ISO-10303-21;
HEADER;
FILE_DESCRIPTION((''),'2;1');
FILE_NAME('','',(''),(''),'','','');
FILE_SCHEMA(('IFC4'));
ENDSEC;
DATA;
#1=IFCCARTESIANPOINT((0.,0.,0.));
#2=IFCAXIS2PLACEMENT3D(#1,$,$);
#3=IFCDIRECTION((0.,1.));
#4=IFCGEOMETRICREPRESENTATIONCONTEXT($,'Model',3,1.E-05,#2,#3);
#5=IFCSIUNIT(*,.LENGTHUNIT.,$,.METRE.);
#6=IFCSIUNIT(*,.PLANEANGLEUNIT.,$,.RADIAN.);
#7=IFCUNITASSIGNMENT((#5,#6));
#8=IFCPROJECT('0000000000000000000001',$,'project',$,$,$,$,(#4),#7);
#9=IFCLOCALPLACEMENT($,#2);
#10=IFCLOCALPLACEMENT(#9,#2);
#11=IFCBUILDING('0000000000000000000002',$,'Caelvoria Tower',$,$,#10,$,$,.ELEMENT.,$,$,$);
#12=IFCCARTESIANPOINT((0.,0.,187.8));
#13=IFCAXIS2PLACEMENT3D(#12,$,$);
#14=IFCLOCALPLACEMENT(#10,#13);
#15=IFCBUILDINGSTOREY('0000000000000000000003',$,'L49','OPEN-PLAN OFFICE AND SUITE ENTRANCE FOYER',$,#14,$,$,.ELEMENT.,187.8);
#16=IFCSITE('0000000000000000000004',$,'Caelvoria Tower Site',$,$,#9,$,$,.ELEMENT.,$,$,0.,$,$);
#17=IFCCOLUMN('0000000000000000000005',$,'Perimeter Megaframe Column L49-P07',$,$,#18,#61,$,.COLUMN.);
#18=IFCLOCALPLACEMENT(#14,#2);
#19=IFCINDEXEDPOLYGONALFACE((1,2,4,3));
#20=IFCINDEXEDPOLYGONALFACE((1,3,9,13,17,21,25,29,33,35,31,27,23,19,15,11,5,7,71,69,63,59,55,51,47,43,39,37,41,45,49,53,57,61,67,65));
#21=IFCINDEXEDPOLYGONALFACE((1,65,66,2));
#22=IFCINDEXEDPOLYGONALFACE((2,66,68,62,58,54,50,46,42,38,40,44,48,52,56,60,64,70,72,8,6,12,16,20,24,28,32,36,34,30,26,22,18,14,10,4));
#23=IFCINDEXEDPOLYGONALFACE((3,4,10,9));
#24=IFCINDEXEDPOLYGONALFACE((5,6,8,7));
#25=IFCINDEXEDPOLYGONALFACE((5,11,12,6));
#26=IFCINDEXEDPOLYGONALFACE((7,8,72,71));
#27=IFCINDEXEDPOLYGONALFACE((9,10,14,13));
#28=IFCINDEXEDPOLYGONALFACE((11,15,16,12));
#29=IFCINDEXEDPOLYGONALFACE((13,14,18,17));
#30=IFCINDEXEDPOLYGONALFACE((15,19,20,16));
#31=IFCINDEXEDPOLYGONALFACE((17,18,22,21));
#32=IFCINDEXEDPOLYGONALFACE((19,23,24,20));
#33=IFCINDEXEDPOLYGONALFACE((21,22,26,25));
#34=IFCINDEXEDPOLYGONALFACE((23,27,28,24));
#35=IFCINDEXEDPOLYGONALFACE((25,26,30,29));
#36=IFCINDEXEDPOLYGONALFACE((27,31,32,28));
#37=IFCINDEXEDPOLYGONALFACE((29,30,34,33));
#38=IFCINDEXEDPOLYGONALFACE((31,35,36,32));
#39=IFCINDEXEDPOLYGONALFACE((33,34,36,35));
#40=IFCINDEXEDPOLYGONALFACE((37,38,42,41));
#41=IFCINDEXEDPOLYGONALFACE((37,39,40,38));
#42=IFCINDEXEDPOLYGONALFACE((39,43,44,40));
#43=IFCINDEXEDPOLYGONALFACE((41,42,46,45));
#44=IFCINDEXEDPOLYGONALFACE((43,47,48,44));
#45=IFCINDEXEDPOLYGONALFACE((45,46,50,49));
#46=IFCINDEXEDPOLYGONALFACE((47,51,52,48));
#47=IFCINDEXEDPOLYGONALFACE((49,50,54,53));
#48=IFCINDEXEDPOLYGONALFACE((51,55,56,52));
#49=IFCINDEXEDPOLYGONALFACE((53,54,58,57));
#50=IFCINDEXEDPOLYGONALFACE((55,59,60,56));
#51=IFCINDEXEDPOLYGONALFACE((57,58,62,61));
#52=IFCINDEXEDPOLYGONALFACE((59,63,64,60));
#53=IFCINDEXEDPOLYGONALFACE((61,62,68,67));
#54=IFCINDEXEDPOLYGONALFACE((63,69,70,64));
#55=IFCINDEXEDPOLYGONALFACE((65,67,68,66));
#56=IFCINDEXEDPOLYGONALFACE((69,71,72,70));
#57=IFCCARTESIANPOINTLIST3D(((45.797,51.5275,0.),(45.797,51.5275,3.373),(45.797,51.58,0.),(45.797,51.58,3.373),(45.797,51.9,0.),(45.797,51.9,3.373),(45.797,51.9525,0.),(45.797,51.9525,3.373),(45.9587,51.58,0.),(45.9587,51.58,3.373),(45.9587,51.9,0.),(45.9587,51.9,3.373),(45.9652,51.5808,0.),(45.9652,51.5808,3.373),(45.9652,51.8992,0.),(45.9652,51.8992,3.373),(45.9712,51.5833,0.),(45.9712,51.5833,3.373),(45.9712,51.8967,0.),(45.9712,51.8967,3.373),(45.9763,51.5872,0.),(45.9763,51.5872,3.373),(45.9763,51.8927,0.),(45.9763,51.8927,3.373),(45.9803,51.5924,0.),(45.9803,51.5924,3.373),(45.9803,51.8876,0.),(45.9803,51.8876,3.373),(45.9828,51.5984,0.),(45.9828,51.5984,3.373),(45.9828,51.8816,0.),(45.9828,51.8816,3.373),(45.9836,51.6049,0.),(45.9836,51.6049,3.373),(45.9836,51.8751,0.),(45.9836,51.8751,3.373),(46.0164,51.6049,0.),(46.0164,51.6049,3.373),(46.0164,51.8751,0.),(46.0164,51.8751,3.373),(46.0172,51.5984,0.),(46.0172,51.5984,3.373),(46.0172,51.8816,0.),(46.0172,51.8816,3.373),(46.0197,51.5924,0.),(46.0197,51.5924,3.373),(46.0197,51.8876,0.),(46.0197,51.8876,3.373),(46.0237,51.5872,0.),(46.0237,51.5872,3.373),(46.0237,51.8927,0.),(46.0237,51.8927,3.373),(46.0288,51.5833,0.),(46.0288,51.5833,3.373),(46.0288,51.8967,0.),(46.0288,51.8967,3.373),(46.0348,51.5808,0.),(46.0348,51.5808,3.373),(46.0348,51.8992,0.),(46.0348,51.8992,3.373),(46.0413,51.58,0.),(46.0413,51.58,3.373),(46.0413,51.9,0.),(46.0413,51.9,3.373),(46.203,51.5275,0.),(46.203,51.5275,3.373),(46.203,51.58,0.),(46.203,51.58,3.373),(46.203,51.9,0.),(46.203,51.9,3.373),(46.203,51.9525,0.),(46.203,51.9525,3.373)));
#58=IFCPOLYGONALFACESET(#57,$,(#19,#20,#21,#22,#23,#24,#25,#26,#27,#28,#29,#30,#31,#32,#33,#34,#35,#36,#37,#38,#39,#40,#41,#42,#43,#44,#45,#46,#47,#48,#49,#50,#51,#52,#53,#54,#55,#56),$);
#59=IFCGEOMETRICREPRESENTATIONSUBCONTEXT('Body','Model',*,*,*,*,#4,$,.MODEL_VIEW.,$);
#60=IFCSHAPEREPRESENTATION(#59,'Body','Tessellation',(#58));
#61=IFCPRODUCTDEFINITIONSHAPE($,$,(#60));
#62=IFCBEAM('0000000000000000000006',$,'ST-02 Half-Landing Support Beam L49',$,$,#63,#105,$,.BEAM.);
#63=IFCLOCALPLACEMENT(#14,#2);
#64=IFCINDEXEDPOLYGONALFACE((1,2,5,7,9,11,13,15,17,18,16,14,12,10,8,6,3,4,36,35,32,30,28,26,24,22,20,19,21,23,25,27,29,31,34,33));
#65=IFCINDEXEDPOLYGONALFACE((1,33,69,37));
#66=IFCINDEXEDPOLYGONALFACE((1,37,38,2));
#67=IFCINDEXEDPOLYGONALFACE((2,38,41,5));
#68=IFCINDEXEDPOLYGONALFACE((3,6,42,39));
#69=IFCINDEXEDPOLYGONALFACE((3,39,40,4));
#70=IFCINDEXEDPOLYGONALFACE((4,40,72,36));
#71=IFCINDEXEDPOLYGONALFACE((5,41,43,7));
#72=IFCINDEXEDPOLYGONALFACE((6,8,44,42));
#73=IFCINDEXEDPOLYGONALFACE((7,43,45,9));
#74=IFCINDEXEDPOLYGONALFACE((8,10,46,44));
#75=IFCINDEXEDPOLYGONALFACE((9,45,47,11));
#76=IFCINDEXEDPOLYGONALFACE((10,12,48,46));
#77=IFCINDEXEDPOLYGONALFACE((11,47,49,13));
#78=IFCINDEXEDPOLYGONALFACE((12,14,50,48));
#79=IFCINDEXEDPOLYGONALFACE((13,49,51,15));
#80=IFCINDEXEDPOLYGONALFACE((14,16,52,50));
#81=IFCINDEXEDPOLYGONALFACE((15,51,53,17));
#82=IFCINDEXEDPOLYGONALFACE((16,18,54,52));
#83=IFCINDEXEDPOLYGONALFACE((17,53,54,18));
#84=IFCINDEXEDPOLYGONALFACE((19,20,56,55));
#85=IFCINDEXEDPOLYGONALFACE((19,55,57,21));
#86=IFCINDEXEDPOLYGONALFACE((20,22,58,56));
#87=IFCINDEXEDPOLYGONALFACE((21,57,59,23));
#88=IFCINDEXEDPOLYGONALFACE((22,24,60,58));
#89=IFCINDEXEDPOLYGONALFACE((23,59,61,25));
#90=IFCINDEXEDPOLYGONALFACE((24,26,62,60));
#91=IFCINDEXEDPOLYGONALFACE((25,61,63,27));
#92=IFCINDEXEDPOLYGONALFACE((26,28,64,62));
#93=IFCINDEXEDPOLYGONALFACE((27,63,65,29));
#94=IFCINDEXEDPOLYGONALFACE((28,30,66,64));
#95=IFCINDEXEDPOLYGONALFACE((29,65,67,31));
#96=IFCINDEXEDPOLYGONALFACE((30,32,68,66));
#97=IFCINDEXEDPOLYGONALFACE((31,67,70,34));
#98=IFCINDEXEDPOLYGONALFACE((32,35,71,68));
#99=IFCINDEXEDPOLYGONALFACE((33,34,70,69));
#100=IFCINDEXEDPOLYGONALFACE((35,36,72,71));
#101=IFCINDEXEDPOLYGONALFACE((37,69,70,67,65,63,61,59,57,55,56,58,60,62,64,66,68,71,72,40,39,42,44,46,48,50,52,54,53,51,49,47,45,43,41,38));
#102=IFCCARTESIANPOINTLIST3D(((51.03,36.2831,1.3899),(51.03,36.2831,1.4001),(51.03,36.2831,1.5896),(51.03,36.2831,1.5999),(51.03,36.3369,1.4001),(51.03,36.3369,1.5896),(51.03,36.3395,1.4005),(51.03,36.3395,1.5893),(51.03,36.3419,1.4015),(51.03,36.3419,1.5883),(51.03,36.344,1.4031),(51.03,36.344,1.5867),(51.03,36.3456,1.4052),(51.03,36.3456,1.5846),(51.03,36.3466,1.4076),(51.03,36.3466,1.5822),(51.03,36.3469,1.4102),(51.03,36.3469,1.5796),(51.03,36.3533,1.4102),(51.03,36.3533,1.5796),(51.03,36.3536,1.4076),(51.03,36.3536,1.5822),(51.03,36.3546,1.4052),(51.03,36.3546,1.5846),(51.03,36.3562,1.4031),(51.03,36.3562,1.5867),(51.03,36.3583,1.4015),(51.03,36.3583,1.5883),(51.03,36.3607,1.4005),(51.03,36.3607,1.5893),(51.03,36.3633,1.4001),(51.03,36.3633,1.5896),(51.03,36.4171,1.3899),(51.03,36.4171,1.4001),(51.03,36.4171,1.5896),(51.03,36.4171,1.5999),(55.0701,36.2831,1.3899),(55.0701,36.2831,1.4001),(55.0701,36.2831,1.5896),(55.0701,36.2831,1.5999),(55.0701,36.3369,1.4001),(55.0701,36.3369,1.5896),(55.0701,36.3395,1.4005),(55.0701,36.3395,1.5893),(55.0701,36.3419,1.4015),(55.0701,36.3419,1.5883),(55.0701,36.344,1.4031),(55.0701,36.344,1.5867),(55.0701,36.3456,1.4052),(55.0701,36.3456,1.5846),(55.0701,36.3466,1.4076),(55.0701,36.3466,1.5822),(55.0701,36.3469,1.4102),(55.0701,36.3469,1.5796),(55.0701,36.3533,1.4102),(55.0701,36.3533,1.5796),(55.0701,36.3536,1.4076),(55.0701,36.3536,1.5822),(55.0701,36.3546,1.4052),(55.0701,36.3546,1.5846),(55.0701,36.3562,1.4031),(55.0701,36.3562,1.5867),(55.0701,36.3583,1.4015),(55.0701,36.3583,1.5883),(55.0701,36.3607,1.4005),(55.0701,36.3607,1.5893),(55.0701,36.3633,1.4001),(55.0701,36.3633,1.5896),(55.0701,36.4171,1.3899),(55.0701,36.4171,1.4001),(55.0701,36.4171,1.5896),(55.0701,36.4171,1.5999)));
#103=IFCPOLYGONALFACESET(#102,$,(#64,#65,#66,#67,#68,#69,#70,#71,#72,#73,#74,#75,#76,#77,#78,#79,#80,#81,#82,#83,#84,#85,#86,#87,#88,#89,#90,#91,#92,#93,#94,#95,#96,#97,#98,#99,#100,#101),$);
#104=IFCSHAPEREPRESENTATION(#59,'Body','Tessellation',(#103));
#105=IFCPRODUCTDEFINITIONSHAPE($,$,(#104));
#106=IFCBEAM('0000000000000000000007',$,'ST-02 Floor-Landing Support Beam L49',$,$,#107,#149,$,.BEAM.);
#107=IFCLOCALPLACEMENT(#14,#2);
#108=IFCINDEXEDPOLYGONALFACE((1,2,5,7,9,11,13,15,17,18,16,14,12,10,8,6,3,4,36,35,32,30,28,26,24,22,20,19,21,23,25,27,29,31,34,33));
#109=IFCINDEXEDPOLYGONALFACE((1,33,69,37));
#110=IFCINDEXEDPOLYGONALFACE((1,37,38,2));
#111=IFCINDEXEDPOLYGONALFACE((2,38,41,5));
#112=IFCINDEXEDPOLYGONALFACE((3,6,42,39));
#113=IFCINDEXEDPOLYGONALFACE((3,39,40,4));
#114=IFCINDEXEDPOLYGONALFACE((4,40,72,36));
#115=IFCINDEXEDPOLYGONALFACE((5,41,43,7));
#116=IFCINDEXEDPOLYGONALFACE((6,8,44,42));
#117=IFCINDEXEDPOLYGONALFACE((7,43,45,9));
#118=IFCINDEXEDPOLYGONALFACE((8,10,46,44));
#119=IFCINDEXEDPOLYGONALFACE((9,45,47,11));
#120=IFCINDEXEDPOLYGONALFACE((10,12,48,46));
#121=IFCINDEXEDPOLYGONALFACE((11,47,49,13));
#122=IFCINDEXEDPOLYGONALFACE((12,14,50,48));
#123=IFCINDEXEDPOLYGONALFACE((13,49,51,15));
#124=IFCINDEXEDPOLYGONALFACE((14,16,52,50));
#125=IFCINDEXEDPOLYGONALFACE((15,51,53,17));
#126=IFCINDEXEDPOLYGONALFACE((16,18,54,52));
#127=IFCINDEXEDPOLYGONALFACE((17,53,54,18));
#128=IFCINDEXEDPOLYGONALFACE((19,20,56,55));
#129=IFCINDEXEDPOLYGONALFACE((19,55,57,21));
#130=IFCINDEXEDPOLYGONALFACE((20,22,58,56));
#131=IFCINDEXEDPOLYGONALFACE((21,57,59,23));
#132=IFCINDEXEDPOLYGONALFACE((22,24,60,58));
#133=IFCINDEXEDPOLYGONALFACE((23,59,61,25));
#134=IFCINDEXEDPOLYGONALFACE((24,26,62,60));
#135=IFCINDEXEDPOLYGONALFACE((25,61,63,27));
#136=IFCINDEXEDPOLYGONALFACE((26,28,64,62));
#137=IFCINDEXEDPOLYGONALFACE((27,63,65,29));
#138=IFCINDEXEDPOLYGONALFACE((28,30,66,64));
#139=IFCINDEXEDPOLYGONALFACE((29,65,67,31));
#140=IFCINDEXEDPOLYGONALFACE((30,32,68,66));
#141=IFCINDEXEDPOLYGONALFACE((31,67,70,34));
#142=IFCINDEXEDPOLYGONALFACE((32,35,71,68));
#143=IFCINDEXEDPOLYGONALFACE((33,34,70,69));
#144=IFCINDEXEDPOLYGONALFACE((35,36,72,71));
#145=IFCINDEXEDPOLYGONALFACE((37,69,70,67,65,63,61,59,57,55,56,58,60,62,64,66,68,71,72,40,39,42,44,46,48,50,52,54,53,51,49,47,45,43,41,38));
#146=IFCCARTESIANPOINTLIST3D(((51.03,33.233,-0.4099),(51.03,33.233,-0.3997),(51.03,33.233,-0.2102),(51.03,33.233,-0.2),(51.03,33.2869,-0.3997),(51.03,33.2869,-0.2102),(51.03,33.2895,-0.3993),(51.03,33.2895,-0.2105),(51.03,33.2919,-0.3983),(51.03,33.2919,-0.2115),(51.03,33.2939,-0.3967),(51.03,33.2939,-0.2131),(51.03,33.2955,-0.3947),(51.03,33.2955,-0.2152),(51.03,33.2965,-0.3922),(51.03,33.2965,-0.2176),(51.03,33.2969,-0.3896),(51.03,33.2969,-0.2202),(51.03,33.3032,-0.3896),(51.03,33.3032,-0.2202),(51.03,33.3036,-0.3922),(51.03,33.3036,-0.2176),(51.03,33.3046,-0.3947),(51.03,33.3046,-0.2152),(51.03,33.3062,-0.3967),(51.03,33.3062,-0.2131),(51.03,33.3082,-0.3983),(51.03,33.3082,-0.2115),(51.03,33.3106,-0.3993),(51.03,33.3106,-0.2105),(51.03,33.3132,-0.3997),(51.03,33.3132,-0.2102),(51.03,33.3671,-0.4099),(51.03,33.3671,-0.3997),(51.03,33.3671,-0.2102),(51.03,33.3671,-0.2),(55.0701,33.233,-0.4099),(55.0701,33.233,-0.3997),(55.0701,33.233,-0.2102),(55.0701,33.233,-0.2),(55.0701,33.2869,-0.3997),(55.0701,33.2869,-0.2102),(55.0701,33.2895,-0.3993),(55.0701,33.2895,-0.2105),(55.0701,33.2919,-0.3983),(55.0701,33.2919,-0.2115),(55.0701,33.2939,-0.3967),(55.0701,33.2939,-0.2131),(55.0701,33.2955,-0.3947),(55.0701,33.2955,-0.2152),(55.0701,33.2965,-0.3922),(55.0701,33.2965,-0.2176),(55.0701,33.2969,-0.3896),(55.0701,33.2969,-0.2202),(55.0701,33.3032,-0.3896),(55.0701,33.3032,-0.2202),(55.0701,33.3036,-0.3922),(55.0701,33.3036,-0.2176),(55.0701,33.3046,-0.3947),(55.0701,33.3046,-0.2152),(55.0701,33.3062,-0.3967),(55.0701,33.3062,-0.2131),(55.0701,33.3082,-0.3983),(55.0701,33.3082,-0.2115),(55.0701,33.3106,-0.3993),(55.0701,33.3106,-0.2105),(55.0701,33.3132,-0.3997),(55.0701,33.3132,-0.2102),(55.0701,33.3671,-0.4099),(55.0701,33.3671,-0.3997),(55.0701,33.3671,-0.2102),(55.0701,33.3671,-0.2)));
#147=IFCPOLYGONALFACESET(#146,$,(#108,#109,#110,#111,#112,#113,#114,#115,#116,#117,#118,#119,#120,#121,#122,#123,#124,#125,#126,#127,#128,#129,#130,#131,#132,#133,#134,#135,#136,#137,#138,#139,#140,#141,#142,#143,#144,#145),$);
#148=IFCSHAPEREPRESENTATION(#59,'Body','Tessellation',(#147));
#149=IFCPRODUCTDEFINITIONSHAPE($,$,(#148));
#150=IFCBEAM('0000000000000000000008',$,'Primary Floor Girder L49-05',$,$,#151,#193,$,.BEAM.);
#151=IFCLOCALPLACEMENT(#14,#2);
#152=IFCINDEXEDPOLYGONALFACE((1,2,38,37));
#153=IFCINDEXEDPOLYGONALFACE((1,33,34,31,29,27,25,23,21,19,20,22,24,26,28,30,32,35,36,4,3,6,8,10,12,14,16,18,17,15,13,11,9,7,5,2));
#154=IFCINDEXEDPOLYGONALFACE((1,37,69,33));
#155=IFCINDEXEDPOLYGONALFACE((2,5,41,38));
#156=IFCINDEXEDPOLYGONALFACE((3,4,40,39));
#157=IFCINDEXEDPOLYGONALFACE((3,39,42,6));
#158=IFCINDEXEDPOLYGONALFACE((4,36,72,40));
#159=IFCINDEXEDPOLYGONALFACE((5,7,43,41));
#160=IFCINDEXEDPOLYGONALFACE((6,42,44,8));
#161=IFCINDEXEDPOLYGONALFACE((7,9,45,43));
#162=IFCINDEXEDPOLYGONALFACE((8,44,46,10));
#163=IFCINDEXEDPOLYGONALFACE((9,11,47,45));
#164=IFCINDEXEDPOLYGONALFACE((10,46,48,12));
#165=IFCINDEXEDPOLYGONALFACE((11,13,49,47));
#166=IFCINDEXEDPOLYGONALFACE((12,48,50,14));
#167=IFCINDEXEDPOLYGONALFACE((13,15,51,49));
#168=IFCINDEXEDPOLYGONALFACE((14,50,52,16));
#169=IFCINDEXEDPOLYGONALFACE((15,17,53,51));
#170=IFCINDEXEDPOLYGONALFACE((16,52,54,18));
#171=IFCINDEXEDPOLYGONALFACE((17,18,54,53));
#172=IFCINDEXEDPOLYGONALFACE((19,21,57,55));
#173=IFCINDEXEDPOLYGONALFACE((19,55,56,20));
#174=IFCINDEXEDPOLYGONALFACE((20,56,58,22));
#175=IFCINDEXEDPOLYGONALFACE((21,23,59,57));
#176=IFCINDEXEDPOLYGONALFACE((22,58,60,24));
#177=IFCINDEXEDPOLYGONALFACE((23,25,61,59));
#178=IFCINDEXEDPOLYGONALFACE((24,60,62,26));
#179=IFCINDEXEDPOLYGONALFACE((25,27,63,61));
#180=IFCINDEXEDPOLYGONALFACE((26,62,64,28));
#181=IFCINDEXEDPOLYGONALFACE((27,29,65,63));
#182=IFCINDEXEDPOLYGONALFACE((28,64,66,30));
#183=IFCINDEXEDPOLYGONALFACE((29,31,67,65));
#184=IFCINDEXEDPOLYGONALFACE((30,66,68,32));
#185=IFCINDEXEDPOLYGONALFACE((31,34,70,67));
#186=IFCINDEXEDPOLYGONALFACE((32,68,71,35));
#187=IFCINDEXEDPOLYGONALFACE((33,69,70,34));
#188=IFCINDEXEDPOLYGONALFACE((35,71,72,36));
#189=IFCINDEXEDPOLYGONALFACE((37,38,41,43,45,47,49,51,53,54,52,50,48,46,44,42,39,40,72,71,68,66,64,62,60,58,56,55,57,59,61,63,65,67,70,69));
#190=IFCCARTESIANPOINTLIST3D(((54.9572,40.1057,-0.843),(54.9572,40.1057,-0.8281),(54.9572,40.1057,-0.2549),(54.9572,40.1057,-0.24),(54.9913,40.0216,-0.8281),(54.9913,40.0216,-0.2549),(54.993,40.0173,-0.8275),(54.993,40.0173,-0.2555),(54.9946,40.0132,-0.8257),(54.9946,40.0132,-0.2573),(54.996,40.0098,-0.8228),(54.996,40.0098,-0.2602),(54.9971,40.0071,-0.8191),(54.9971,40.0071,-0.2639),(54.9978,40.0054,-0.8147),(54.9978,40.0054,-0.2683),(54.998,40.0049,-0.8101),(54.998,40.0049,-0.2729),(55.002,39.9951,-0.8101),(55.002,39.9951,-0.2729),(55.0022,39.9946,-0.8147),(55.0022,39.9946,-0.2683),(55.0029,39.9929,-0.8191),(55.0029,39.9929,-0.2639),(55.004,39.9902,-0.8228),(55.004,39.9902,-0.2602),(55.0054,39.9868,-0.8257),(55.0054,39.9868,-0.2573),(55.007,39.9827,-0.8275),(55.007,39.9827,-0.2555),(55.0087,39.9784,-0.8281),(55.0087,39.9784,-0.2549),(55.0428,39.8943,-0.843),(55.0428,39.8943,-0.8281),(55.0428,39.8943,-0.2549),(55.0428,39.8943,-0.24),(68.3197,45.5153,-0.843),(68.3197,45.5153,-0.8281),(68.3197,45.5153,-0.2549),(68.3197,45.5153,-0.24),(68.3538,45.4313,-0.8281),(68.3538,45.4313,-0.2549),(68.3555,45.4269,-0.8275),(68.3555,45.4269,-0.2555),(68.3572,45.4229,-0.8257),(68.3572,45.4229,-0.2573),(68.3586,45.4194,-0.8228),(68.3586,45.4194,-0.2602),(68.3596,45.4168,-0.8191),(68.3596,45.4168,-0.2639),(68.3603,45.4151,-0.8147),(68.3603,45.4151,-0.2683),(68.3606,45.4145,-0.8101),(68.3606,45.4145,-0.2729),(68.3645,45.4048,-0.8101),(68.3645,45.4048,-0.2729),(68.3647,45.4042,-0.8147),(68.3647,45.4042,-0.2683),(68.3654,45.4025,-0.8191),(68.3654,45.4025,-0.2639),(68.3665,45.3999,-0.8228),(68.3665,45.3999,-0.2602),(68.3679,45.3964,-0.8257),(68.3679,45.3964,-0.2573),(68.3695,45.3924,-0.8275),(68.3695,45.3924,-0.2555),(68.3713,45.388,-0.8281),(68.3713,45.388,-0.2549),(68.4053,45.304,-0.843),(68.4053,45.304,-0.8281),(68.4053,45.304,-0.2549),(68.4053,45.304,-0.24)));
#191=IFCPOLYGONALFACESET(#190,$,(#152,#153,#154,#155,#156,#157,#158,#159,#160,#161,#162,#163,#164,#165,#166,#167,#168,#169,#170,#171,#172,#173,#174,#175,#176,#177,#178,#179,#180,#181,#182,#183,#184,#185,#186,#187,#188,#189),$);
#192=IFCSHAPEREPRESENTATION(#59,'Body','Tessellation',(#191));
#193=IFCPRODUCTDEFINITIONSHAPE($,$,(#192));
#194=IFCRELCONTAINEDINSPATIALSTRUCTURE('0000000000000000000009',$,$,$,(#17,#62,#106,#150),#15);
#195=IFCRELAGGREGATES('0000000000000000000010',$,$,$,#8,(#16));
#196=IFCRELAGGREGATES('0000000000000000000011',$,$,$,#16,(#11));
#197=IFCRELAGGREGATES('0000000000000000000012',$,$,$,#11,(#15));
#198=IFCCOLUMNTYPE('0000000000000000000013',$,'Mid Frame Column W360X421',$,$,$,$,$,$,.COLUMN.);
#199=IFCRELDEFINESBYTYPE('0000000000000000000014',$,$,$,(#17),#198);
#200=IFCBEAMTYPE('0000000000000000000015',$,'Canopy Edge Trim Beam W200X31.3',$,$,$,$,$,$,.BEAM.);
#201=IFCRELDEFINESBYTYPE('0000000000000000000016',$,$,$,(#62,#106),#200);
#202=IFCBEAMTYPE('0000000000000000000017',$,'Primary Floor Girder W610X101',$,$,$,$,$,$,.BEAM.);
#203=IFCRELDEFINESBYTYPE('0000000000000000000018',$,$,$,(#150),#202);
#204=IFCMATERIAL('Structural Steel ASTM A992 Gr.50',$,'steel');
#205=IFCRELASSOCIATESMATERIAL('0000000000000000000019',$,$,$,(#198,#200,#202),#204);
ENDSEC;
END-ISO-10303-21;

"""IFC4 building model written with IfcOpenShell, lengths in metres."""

from ifc_helpers import new_model, si_unit, direction, frame, origin, origin_2d, place, context, subcontext, project, spatial, i_section, extrude, material, material_profile, profile_set, type_object, element, save


model = new_model("IFC4")

# Units and contexts
model_context = context("Model", 3, precision=1e-05, world=origin(), true_north=direction((0.0, 1.0)))
body_context = subcontext(model_context, "Body", "Model", "MODEL_VIEW")
ifc_project = project(units=[si_unit("LENGTHUNIT", "METRE"), si_unit("PLANEANGLEUNIT", "RADIAN")], contexts=[model_context])

# Site, building, storey
site_placement = place(None, origin())
site = spatial("IfcSite", under=ifc_project, at=site_placement, Name="Caelvoria Tower Site", CompositionType="ELEMENT", RefElevation=0.0)
building_placement = place(site_placement, origin())
building = spatial("IfcBuilding", under=site, at=building_placement, Name="Caelvoria Tower", CompositionType="ELEMENT")
storey_placement = place(building_placement, frame((0.0, 0.0, 187.8)))
storey = spatial("IfcBuildingStorey", under=building, at=storey_placement, Name="L49", Description="OPEN-PLAN OFFICE AND SUITE ENTRANCE FOYER", CompositionType="ELEMENT", Elevation=187.8)

# Column
ifc_material_1 = material(Name="Structural Steel ASTM A992 Gr.50", Category="steel")
ifc_material_profile_1 = material_profile(ifc_material_1, i_section(OverallWidth=0.406, OverallDepth=0.425, WebThickness=0.0327, FlangeThickness=0.0525, FilletRadius=0.0249, at=origin_2d()), Name="Structural Steel ASTM A992 Gr.50")
ifc_profile_set_1 = profile_set([ifc_material_profile_1], Name="W360X421 - Structural Steel ASTM A992 Gr.50")
column_type = type_object("IfcColumnType", Name="Mid Frame Column W360X421", PredefinedType="COLUMN", material=ifc_profile_set_1)
column_placement = place(storey_placement, frame((46.0, 51.74, 0.0), z_axis=(0.0, 0.0, 1.0), x_axis=(1.0, 0.0, 0.0)))
element("IfcColumn", 1, at=column_placement, inside=storey, type_object=column_type, Name="Perimeter Megaframe Column L49-P07", PredefinedType="COLUMN", context=body_context, shape_type="SweptSolid", body=[
    extrude(i_section(OverallWidth=0.406, OverallDepth=0.425, WebThickness=0.0327, FlangeThickness=0.0525, FilletRadius=0.0249, at=origin_2d()), origin(), (0.0, 0.0, 1.0), 3.373),
])

# Beams
ifc_material_profile_2 = material_profile(ifc_material_1, i_section(OverallWidth=0.134, OverallDepth=0.21, WebThickness=0.0063, FlangeThickness=0.0103, FilletRadius=0.01, at=origin_2d()), Name="Structural Steel ASTM A992 Gr.50")
ifc_profile_set_2 = profile_set([ifc_material_profile_2], Name="W200X31.3 - Structural Steel ASTM A992 Gr.50")
beam_type_1 = type_object("IfcBeamType", Name="Canopy Edge Trim Beam W200X31.3", PredefinedType="BEAM", material=ifc_profile_set_2)
for number, where, z_axis, x_axis, name in (
    (2, (51.03, 36.3501, 1.4949), (1.0, 0.0, 0.0), (0.0, 1.0, 0.0), "ST-02 Half-Landing Support Beam L49"),
    (3, (51.03, 33.3, -0.3049), (1.0, 0.0, 0.0), (0.0, 1.0, 0.0), "ST-02 Floor-Landing Support Beam L49"),
):
    element("IfcBeam", number, at=place(storey_placement, frame(where, z_axis=z_axis, x_axis=x_axis)), inside=storey, type_object=beam_type_1, Name=name, PredefinedType="BEAM", context=body_context, shape_type="SweptSolid", body=[
        extrude(i_section(OverallWidth=0.134, OverallDepth=0.21, WebThickness=0.0063, FlangeThickness=0.0103, FilletRadius=0.01, at=origin_2d()), origin(), (0.0, 0.0, 1.0), 4.04),
    ])
ifc_material_profile_3 = material_profile(ifc_material_1, i_section(OverallWidth=0.228, OverallDepth=0.603, WebThickness=0.0105, FlangeThickness=0.0149, FilletRadius=0.0181, at=origin_2d()), Name="Structural Steel ASTM A992 Gr.50")
ifc_profile_set_3 = profile_set([ifc_material_profile_3], Name="W610X101 - Structural Steel ASTM A992 Gr.50")
beam_type_2 = type_object("IfcBeamType", Name="Primary Floor Girder W610X101", PredefinedType="BEAM", material=ifc_profile_set_3)
beam_1_placement = place(storey_placement, frame((55.0, 40.0, -0.5415), z_axis=(0.926922, 0.375253, 0.0), x_axis=(-0.375253, 0.926922, 0.0)))
element("IfcBeam", 4, at=beam_1_placement, inside=storey, type_object=beam_type_2, Name="Primary Floor Girder L49-05", PredefinedType="BEAM", context=body_context, shape_type="SweptSolid", body=[
    extrude(i_section(OverallWidth=0.228, OverallDepth=0.603, WebThickness=0.0105, FlangeThickness=0.0149, FilletRadius=0.0181, at=origin_2d()), origin(), (0.0, 0.0, 1.0), 14.416),
])

save(model, "model.ifc")
